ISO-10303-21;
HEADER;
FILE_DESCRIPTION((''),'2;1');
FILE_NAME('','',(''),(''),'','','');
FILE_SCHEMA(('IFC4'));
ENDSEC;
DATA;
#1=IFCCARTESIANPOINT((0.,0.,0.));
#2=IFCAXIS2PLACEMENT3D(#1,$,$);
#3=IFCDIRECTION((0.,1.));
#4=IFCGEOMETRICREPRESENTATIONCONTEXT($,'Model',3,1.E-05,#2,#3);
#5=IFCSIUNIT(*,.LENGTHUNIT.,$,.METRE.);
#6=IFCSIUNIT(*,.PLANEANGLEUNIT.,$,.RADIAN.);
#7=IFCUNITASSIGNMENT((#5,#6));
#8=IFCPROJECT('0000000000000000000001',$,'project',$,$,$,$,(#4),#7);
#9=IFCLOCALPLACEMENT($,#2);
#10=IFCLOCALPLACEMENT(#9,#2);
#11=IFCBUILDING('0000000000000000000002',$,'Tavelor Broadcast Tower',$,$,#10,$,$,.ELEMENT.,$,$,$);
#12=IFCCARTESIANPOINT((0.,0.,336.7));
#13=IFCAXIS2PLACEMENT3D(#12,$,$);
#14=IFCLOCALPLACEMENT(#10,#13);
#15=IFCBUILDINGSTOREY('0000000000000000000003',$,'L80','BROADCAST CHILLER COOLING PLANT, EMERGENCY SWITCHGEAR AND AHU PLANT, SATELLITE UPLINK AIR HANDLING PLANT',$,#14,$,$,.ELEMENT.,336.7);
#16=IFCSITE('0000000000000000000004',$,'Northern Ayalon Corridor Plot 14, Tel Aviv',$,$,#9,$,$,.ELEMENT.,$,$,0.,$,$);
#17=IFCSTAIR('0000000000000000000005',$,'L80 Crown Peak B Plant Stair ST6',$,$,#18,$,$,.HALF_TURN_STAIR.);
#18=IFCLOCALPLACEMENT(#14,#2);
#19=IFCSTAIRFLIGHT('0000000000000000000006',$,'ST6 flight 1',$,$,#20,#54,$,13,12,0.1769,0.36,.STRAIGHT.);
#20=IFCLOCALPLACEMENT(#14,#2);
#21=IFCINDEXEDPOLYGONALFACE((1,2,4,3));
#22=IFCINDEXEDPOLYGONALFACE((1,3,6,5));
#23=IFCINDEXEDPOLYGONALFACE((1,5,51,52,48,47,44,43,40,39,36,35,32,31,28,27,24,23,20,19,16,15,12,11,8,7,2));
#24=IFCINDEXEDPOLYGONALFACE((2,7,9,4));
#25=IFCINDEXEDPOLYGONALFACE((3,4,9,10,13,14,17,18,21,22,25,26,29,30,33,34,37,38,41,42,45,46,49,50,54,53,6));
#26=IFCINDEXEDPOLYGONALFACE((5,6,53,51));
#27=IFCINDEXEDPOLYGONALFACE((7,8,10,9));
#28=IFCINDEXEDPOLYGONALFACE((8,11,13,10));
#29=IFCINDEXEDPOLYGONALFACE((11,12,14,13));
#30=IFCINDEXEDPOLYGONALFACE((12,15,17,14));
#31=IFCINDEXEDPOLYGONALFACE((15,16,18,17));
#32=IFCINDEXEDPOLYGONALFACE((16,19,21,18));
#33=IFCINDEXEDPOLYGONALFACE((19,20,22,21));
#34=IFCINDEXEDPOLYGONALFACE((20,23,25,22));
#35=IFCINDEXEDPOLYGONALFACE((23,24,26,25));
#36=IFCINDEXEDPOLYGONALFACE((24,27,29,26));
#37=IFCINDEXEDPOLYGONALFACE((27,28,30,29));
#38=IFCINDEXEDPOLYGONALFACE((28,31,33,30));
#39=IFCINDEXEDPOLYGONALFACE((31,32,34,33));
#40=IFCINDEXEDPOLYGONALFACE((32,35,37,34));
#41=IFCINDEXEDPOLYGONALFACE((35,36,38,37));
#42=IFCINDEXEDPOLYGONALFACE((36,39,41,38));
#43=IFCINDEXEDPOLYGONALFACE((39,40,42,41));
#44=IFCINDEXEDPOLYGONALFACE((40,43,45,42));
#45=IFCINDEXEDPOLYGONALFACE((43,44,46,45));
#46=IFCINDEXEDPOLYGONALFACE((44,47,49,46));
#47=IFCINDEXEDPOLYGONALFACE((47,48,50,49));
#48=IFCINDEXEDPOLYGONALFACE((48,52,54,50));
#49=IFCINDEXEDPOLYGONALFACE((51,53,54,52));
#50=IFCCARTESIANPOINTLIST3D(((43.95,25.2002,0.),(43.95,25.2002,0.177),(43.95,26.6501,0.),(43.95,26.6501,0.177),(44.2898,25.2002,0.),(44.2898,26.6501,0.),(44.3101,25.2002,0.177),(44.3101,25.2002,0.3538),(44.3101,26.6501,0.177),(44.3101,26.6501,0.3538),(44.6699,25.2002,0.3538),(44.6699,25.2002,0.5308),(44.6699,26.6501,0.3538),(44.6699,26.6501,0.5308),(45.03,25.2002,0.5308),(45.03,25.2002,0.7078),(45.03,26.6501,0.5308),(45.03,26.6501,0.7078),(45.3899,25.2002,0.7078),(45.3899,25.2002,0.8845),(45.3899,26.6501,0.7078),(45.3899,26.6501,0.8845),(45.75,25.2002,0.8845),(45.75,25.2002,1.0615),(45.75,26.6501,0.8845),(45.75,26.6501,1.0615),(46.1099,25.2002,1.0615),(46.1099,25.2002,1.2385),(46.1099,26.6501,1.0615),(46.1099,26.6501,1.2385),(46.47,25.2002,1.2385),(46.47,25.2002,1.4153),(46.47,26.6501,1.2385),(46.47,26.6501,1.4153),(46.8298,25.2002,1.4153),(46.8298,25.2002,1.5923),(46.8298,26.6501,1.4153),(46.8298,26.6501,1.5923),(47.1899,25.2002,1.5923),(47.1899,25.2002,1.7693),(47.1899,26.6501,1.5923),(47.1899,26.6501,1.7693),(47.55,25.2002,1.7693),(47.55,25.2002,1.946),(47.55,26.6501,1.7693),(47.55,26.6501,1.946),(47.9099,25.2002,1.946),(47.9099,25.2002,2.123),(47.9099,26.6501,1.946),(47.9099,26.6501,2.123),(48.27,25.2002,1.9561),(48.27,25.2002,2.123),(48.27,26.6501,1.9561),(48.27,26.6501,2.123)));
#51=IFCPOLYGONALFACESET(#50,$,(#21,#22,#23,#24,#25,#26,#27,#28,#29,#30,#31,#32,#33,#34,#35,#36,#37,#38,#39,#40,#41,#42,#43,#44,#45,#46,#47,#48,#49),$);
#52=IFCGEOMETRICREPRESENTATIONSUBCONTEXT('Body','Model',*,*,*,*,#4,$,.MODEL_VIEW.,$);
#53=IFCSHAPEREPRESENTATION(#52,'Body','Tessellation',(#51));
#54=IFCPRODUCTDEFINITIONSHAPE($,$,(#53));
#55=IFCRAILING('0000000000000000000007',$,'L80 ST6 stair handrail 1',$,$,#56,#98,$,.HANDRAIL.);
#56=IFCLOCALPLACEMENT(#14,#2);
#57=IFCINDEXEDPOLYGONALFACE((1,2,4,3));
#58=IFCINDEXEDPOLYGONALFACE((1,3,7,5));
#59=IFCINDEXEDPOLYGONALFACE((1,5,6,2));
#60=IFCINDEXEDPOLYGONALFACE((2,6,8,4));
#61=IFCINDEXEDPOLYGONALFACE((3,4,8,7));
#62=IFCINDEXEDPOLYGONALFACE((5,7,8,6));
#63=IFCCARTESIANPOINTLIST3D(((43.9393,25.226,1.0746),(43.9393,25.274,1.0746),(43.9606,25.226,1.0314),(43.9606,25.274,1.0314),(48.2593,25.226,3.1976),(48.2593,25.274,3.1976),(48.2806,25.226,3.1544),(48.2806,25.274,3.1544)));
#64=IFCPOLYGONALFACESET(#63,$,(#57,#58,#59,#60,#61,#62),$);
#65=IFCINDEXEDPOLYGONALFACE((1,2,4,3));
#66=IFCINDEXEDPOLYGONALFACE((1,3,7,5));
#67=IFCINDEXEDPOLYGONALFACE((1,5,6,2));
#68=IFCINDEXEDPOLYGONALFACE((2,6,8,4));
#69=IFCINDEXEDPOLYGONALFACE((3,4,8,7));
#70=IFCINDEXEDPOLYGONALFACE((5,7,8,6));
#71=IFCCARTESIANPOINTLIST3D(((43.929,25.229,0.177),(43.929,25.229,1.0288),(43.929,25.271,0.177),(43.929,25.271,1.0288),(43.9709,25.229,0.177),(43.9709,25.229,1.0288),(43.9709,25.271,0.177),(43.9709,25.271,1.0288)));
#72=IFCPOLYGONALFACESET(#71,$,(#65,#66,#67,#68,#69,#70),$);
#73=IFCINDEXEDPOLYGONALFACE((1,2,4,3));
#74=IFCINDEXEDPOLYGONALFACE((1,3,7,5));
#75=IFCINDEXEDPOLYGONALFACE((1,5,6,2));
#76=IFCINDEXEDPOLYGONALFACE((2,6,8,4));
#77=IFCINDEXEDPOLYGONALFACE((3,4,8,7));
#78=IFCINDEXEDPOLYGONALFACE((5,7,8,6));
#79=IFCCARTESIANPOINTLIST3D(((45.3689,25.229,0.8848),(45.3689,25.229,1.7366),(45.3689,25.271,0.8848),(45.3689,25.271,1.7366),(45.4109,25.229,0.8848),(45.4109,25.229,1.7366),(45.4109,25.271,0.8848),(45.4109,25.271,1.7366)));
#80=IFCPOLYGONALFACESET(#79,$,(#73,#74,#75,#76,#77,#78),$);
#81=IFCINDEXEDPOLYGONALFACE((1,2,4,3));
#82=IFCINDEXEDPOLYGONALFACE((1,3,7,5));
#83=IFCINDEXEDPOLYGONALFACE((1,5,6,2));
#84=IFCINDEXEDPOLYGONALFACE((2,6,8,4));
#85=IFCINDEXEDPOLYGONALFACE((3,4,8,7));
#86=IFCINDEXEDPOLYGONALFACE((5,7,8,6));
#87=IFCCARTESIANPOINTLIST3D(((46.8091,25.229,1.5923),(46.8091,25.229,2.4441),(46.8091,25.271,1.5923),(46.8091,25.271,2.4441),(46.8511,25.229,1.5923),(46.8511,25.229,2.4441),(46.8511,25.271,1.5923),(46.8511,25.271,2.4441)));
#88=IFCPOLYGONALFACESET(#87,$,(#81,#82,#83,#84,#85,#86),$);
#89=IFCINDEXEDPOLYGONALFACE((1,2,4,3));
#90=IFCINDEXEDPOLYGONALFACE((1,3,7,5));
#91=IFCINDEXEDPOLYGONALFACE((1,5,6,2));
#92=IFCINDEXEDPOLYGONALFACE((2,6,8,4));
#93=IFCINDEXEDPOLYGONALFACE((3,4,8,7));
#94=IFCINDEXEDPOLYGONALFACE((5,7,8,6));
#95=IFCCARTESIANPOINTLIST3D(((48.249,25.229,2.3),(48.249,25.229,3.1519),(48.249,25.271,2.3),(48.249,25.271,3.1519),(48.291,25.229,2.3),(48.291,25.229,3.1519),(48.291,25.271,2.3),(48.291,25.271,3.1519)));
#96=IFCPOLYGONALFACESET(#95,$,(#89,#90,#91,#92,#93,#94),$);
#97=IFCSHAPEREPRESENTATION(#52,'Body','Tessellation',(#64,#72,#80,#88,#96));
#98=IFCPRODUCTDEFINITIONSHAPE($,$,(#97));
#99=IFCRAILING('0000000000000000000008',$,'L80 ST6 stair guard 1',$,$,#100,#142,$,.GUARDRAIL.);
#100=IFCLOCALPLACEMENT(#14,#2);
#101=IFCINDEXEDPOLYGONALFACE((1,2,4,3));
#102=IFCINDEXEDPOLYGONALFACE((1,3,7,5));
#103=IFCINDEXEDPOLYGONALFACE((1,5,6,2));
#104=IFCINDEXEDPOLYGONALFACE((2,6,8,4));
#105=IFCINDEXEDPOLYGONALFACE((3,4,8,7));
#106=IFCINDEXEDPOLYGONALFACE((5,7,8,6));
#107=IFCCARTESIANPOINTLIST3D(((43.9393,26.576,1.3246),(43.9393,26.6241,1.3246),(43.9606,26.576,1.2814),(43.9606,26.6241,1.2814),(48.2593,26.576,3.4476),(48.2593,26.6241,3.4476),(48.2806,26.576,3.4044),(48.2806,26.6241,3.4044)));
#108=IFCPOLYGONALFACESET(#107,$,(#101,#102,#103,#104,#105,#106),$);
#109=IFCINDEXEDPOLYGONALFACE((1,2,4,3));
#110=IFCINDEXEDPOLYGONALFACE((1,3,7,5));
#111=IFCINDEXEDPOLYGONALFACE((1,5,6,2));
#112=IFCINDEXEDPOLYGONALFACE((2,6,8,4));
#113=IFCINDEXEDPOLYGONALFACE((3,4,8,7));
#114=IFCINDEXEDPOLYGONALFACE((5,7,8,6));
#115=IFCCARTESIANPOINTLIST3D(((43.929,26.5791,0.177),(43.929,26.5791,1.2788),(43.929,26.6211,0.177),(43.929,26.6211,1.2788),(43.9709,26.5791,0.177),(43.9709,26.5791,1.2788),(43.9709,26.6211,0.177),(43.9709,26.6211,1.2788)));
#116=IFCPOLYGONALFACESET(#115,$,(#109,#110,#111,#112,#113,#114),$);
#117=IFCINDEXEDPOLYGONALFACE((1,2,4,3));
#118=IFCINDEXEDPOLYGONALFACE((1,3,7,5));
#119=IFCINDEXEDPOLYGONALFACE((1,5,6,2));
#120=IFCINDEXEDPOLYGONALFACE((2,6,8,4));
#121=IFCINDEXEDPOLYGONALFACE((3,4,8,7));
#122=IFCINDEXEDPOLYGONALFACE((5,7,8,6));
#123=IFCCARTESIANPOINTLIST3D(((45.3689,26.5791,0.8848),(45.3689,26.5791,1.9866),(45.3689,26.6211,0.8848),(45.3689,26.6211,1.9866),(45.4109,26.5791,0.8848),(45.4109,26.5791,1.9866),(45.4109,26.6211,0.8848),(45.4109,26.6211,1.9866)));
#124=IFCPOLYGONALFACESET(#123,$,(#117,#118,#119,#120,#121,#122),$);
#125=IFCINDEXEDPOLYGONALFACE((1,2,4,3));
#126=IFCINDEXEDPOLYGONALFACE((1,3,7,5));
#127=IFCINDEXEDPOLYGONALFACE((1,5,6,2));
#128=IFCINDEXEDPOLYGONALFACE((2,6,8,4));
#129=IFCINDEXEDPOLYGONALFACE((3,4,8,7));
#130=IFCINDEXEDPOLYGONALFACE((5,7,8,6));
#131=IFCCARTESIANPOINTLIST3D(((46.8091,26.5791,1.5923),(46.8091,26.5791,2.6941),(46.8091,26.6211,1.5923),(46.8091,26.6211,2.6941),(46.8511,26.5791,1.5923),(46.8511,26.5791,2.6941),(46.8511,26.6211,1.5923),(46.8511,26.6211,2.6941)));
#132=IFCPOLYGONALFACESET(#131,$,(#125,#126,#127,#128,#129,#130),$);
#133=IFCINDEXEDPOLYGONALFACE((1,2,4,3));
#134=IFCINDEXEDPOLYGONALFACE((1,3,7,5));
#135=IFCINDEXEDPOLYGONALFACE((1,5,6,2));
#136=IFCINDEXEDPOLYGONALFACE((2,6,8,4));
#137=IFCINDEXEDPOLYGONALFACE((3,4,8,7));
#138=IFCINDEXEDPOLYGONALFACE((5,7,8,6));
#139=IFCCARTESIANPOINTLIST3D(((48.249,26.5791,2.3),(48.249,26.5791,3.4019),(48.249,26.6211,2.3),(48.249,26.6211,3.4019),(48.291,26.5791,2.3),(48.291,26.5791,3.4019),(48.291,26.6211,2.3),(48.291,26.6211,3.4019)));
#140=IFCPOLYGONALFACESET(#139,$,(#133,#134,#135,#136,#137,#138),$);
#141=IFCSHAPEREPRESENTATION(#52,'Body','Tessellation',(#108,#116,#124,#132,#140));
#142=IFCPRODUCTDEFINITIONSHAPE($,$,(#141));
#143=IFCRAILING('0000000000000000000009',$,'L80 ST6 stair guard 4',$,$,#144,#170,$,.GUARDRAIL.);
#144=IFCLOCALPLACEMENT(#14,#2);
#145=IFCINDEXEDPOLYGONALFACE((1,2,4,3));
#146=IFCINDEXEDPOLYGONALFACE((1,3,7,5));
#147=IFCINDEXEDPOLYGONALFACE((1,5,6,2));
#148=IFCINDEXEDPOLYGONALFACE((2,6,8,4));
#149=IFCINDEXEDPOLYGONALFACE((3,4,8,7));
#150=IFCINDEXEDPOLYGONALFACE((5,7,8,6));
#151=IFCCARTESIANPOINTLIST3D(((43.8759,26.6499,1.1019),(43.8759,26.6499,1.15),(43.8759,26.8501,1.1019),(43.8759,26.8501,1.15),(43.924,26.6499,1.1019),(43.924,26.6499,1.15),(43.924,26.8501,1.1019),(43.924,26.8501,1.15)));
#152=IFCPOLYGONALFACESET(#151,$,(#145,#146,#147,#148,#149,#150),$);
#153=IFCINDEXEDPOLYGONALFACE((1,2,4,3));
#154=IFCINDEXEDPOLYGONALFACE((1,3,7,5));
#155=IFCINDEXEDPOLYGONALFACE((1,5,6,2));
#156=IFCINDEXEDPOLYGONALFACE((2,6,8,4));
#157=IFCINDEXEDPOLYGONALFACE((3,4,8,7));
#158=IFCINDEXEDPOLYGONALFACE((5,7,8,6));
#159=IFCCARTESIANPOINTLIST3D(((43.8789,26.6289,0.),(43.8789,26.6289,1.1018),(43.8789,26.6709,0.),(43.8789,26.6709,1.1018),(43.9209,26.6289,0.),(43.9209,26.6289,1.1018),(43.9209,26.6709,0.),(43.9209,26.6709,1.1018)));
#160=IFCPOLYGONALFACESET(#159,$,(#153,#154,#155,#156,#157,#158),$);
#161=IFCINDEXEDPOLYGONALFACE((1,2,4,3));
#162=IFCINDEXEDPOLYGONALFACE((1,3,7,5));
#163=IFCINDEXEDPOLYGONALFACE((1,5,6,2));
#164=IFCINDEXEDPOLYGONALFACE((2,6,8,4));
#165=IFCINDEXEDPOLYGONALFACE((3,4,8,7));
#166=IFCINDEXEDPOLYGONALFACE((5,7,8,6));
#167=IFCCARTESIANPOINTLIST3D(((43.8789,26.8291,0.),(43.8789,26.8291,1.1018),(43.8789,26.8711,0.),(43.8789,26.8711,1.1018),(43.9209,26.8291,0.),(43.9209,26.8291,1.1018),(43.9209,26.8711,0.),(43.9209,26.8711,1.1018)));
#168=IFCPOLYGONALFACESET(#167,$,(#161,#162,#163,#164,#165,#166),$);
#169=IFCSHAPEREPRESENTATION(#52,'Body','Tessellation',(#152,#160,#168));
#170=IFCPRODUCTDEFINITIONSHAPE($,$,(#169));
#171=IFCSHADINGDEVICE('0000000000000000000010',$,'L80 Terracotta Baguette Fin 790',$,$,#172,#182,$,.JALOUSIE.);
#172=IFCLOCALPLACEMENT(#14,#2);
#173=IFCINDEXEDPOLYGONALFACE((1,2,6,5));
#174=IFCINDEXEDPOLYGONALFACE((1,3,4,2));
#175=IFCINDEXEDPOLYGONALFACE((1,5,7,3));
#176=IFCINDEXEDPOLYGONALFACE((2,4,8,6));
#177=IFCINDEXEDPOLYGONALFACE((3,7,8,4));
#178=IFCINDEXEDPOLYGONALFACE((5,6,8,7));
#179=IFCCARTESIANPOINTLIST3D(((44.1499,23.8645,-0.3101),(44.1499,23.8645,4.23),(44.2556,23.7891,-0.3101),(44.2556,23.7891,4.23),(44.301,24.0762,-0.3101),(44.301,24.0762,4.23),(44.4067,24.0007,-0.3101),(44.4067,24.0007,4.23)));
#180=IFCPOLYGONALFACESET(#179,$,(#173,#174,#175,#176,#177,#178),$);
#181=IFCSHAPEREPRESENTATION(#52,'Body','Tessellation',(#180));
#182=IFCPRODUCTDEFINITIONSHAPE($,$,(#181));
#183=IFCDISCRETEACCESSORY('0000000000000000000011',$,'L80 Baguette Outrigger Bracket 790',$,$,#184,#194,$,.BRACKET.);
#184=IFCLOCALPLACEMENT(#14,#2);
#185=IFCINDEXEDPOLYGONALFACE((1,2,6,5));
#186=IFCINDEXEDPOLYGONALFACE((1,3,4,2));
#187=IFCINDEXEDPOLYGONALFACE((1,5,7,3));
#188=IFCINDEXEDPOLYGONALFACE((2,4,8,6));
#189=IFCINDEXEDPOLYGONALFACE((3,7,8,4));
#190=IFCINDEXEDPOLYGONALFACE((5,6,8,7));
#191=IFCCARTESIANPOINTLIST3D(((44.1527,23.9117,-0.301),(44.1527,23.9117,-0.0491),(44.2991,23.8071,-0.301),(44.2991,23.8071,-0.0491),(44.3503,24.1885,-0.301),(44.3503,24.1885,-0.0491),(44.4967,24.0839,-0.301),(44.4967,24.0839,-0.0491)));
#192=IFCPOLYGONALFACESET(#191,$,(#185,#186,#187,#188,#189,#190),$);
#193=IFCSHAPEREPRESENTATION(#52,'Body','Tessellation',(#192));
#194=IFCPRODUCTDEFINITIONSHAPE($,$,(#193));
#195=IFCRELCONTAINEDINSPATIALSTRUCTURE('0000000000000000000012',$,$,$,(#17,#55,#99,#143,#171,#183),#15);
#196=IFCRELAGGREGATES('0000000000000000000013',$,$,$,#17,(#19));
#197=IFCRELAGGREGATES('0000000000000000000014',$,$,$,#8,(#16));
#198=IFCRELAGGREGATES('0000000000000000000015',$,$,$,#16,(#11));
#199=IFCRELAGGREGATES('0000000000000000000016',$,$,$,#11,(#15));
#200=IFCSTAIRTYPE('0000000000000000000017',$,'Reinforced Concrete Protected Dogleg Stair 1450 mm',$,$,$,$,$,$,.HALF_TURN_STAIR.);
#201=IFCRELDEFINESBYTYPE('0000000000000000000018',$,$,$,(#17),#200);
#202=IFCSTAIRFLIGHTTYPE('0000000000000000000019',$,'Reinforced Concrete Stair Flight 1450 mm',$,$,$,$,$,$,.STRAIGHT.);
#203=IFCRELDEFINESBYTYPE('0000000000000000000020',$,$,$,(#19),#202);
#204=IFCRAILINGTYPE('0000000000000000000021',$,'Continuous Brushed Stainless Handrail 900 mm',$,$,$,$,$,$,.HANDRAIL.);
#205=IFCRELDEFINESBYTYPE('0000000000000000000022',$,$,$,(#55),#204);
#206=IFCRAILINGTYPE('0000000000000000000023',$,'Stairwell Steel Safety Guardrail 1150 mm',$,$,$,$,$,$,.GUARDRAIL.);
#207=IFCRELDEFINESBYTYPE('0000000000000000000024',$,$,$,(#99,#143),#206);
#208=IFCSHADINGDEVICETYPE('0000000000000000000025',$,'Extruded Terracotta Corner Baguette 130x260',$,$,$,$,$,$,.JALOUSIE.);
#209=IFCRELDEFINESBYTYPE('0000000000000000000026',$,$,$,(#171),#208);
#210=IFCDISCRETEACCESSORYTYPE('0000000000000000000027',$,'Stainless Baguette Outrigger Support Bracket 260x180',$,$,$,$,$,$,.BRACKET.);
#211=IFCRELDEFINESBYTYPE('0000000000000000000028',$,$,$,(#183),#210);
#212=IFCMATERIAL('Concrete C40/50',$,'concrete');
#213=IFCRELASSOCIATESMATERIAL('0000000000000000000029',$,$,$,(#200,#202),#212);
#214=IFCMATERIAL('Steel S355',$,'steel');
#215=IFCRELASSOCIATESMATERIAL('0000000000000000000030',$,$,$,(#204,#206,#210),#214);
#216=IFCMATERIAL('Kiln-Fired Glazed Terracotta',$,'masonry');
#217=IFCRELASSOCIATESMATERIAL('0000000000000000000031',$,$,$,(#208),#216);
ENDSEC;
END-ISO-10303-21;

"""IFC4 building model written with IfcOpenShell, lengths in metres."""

from ifc_helpers import new_model, si_unit, direction, frame, origin, origin_2d, place, context, subcontext, project, spatial, polyline, rectangle, outline, extrude, source, transform, mapped, material, type_object, type_shapes, element, aggregate, save


model = new_model("IFC4")

# Units and contexts
model_context = context("Model", 3, precision=1e-05, world=origin(), true_north=direction((0.0, 1.0)))
body_context = subcontext(model_context, "Body", "Model", "MODEL_VIEW")
ifc_project = project(units=[si_unit("LENGTHUNIT", "METRE"), si_unit("PLANEANGLEUNIT", "RADIAN")], contexts=[model_context])

# Site, building, storey
site_placement = place(None, origin())
site = spatial("IfcSite", under=ifc_project, at=site_placement, Name="Northern Ayalon Corridor Plot 14, Tel Aviv", CompositionType="ELEMENT", RefElevation=0.0)
building_placement = place(site_placement, origin())
building = spatial("IfcBuilding", under=site, at=building_placement, Name="Tavelor Broadcast Tower", CompositionType="ELEMENT")
storey_placement = place(building_placement, frame((0.0, 0.0, 336.7)))
storey = spatial("IfcBuildingStorey", under=building, at=storey_placement, Name="L80", Description="BROADCAST CHILLER COOLING PLANT, EMERGENCY SWITCHGEAR AND AHU PLANT, SATELLITE UPLINK AIR HANDLING PLANT", CompositionType="ELEMENT", Elevation=336.7)

# Shared definitions
ifc_material_1 = material(Name="Concrete C40/50", Category="concrete")

# Shared definitions
ifc_material_2 = material(Name="Steel S355", Category="steel")

# Stair, stair flight
stair_type = type_object("IfcStairType", Name="Reinforced Concrete Protected Dogleg Stair 1450 mm", PredefinedType="HALF_TURN_STAIR", material=ifc_material_1)
stair_placement = place(storey_placement, origin())
stair = element("IfcStair", 1, at=stair_placement, inside=storey, type_object=stair_type, Name="L80 Crown Peak B Plant Stair ST6", PredefinedType="HALF_TURN_STAIR")
stair_flight_type = type_object("IfcStairFlightType", Name="Reinforced Concrete Stair Flight 1450 mm", PredefinedType="STRAIGHT", material=ifc_material_1)
stair_flight_placement = place(storey_placement, frame((43.95, 25.925, 0.0), z_axis=(0.0, 0.0, 1.0), x_axis=(1.0, 0.0, 0.0)))
stair_flight = element("IfcStairFlight", 2, at=stair_flight_placement, type_object=stair_flight_type, Name="ST6 flight 1", NumberOfRisers=13, NumberOfTreads=12, PredefinedType="STRAIGHT", RiserHeight=0.1769, TreadLength=0.36, context=body_context, shape_type="SweptSolid", body=[
    extrude(outline(polyline([(0.0, 0.0), (0.0, 0.177), (0.3601, 0.177), (0.3601, 0.3538), (0.72, 0.3538), (0.72, 0.5308), (1.0801, 0.5308), (1.0801, 0.7078), (1.4399, 0.7078), (1.4399, 0.8845), (1.8, 0.8845), (1.8, 1.0615), (2.1599, 1.0615), (2.1599, 1.2385), (2.52, 1.2385), (2.52, 1.4153), (2.8799, 1.4153), (2.8799, 1.5923), (3.24, 1.5923), (3.24, 1.7693), (3.6001, 1.7693), (3.6001, 1.946), (3.96, 1.946), (3.96, 2.123), (4.3201, 2.123), (4.3201, 2.3), (4.3201, 1.9561), (0.3398, 0.0), (0.0, 0.0)])), frame((0.0, 0.7251, 0.0), z_axis=(0.0, -1.0, 0.0), x_axis=(1.0, 0.0, 0.0)), (0.0, 0.0, 1.0), 1.45),
])
aggregate(stair, [stair_flight])

# Railings
railing_type_1 = type_object("IfcRailingType", Name="Continuous Brushed Stainless Handrail 900 mm", PredefinedType="HANDRAIL", material=ifc_material_2)
railing_1_placement = place(storey_placement, frame((43.95, 25.25, 0.177)))
element("IfcRailing", 3, at=railing_1_placement, inside=storey, type_object=railing_type_1, Name="L80 ST6 stair handrail 1", PredefinedType="HANDRAIL", context=body_context, shape_type="SweptSolid", body=[
    extrude(rectangle(XDim=0.0481, YDim=0.0481, at=origin_2d()), frame((0.0, 0.0, 0.876), z_axis=(0.89748, 0.0, 0.441056), x_axis=(0.0, 1.0, 0.0)), (0.0, 0.0, 1.0), 4.8135),
    extrude(rectangle(XDim=0.042, YDim=0.042, at=origin_2d()), origin(), (0.0, 0.0, 1.0), 0.8518),
    extrude(rectangle(XDim=0.042, YDim=0.042, at=origin_2d()), frame((1.4399, 0.0, 0.7078)), (0.0, 0.0, 1.0), 0.8518),
    extrude(rectangle(XDim=0.042, YDim=0.042, at=origin_2d()), frame((2.8801, 0.0, 1.4153)), (0.0, 0.0, 1.0), 0.8518),
    extrude(rectangle(XDim=0.042, YDim=0.042, at=origin_2d()), frame((4.3201, 0.0, 2.123)), (0.0, 0.0, 1.0), 0.8518),
])
railing_type_2 = type_object("IfcRailingType", Name="Stairwell Steel Safety Guardrail 1150 mm", PredefinedType="GUARDRAIL", material=ifc_material_2)
railing_2_placement = place(storey_placement, frame((43.95, 26.6001, 0.177)))
element("IfcRailing", 4, at=railing_2_placement, inside=storey, type_object=railing_type_2, Name="L80 ST6 stair guard 1", PredefinedType="GUARDRAIL", context=body_context, shape_type="SweptSolid", body=[
    extrude(rectangle(XDim=0.0481, YDim=0.0481, at=origin_2d()), frame((0.0, 0.0, 1.126), z_axis=(0.89748, 0.0, 0.441056), x_axis=(0.0, 1.0, 0.0)), (0.0, 0.0, 1.0), 4.8135),
    extrude(rectangle(XDim=0.042, YDim=0.042, at=origin_2d()), origin(), (0.0, 0.0, 1.0), 1.1018),
    extrude(rectangle(XDim=0.042, YDim=0.042, at=origin_2d()), frame((1.4399, 0.0, 0.7078)), (0.0, 0.0, 1.0), 1.1018),
    extrude(rectangle(XDim=0.042, YDim=0.042, at=origin_2d()), frame((2.8801, 0.0, 1.4153)), (0.0, 0.0, 1.0), 1.1018),
    extrude(rectangle(XDim=0.042, YDim=0.042, at=origin_2d()), frame((4.3201, 0.0, 2.123)), (0.0, 0.0, 1.0), 1.1018),
])
railing_3_placement = place(storey_placement, frame((43.8999, 26.6499, 0.0)))
element("IfcRailing", 5, at=railing_3_placement, inside=storey, type_object=railing_type_2, Name="L80 ST6 stair guard 4", PredefinedType="GUARDRAIL", context=body_context, shape_type="SweptSolid", body=[
    extrude(rectangle(XDim=0.0481, YDim=0.0481, at=origin_2d()), frame((0.0, 0.0, 1.126), z_axis=(0.0, 1.0, 0.0), x_axis=(-1.0, 0.0, 0.0)), (0.0, 0.0, 1.0), 0.2002),
    extrude(rectangle(XDim=0.042, YDim=0.042, at=origin_2d()), origin(), (0.0, 0.0, 1.0), 1.1018),
    extrude(rectangle(XDim=0.042, YDim=0.042, at=origin_2d()), frame((0.0, 0.2002, 0.0)), (0.0, 0.0, 1.0), 1.1018),
])

# Shading device
ifc_material_3 = material(Name="Kiln-Fired Glazed Terracotta", Category="masonry")
shading_device_type = type_object("IfcShadingDeviceType", Name="Extruded Terracotta Corner Baguette 130x260", PredefinedType="JALOUSIE", material=ifc_material_3)
shared_shape_1 = source(origin(), body_context, "Body", "SweptSolid", [
    extrude(rectangle(XDim=0.1299, YDim=0.26, at=origin_2d()), origin(), (0.0, 0.0, 1.0), 4.54),
])
type_shapes(shading_device_type, [shared_shape_1])
shading_device_placement = place(storey_placement, frame((44.2783, 23.9326, -0.3101), z_axis=(0.0, 0.0, 1.0), x_axis=(0.813913, -0.580987, 0.0)))
element("IfcShadingDevice", 6, at=shading_device_placement, inside=storey, type_object=shading_device_type, Name="L80 Terracotta Baguette Fin 790", PredefinedType="JALOUSIE", context=body_context, shape_type="MappedRepresentation", body=[
    mapped(shared_shape_1, transform((0.0, 0.0, 0.0), scale=1.0)),
])

# Discrete accessory
discrete_accessory_type = type_object("IfcDiscreteAccessoryType", Name="Stainless Baguette Outrigger Support Bracket 260x180", PredefinedType="BRACKET", material=ifc_material_2)
shared_shape_2 = source(origin(), body_context, "Body", "SweptSolid", [
    extrude(rectangle(XDim=0.1799, YDim=0.3401, at=origin_2d()), origin(), (0.0, 0.0, 1.0), 0.252),
])
type_shapes(discrete_accessory_type, [shared_shape_2])
discrete_accessory_placement = place(storey_placement, frame((44.3247, 23.9978, -0.301), z_axis=(0.0, 0.0, 1.0), x_axis=(0.813913, -0.580987, 0.0)))
element("IfcDiscreteAccessory", 7, at=discrete_accessory_placement, inside=storey, type_object=discrete_accessory_type, Name="L80 Baguette Outrigger Bracket 790", PredefinedType="BRACKET", context=body_context, shape_type="MappedRepresentation", body=[
    mapped(shared_shape_2, transform((0.0, 0.0, 0.0), scale=1.0)),
])

save(model, "model.ifc")
